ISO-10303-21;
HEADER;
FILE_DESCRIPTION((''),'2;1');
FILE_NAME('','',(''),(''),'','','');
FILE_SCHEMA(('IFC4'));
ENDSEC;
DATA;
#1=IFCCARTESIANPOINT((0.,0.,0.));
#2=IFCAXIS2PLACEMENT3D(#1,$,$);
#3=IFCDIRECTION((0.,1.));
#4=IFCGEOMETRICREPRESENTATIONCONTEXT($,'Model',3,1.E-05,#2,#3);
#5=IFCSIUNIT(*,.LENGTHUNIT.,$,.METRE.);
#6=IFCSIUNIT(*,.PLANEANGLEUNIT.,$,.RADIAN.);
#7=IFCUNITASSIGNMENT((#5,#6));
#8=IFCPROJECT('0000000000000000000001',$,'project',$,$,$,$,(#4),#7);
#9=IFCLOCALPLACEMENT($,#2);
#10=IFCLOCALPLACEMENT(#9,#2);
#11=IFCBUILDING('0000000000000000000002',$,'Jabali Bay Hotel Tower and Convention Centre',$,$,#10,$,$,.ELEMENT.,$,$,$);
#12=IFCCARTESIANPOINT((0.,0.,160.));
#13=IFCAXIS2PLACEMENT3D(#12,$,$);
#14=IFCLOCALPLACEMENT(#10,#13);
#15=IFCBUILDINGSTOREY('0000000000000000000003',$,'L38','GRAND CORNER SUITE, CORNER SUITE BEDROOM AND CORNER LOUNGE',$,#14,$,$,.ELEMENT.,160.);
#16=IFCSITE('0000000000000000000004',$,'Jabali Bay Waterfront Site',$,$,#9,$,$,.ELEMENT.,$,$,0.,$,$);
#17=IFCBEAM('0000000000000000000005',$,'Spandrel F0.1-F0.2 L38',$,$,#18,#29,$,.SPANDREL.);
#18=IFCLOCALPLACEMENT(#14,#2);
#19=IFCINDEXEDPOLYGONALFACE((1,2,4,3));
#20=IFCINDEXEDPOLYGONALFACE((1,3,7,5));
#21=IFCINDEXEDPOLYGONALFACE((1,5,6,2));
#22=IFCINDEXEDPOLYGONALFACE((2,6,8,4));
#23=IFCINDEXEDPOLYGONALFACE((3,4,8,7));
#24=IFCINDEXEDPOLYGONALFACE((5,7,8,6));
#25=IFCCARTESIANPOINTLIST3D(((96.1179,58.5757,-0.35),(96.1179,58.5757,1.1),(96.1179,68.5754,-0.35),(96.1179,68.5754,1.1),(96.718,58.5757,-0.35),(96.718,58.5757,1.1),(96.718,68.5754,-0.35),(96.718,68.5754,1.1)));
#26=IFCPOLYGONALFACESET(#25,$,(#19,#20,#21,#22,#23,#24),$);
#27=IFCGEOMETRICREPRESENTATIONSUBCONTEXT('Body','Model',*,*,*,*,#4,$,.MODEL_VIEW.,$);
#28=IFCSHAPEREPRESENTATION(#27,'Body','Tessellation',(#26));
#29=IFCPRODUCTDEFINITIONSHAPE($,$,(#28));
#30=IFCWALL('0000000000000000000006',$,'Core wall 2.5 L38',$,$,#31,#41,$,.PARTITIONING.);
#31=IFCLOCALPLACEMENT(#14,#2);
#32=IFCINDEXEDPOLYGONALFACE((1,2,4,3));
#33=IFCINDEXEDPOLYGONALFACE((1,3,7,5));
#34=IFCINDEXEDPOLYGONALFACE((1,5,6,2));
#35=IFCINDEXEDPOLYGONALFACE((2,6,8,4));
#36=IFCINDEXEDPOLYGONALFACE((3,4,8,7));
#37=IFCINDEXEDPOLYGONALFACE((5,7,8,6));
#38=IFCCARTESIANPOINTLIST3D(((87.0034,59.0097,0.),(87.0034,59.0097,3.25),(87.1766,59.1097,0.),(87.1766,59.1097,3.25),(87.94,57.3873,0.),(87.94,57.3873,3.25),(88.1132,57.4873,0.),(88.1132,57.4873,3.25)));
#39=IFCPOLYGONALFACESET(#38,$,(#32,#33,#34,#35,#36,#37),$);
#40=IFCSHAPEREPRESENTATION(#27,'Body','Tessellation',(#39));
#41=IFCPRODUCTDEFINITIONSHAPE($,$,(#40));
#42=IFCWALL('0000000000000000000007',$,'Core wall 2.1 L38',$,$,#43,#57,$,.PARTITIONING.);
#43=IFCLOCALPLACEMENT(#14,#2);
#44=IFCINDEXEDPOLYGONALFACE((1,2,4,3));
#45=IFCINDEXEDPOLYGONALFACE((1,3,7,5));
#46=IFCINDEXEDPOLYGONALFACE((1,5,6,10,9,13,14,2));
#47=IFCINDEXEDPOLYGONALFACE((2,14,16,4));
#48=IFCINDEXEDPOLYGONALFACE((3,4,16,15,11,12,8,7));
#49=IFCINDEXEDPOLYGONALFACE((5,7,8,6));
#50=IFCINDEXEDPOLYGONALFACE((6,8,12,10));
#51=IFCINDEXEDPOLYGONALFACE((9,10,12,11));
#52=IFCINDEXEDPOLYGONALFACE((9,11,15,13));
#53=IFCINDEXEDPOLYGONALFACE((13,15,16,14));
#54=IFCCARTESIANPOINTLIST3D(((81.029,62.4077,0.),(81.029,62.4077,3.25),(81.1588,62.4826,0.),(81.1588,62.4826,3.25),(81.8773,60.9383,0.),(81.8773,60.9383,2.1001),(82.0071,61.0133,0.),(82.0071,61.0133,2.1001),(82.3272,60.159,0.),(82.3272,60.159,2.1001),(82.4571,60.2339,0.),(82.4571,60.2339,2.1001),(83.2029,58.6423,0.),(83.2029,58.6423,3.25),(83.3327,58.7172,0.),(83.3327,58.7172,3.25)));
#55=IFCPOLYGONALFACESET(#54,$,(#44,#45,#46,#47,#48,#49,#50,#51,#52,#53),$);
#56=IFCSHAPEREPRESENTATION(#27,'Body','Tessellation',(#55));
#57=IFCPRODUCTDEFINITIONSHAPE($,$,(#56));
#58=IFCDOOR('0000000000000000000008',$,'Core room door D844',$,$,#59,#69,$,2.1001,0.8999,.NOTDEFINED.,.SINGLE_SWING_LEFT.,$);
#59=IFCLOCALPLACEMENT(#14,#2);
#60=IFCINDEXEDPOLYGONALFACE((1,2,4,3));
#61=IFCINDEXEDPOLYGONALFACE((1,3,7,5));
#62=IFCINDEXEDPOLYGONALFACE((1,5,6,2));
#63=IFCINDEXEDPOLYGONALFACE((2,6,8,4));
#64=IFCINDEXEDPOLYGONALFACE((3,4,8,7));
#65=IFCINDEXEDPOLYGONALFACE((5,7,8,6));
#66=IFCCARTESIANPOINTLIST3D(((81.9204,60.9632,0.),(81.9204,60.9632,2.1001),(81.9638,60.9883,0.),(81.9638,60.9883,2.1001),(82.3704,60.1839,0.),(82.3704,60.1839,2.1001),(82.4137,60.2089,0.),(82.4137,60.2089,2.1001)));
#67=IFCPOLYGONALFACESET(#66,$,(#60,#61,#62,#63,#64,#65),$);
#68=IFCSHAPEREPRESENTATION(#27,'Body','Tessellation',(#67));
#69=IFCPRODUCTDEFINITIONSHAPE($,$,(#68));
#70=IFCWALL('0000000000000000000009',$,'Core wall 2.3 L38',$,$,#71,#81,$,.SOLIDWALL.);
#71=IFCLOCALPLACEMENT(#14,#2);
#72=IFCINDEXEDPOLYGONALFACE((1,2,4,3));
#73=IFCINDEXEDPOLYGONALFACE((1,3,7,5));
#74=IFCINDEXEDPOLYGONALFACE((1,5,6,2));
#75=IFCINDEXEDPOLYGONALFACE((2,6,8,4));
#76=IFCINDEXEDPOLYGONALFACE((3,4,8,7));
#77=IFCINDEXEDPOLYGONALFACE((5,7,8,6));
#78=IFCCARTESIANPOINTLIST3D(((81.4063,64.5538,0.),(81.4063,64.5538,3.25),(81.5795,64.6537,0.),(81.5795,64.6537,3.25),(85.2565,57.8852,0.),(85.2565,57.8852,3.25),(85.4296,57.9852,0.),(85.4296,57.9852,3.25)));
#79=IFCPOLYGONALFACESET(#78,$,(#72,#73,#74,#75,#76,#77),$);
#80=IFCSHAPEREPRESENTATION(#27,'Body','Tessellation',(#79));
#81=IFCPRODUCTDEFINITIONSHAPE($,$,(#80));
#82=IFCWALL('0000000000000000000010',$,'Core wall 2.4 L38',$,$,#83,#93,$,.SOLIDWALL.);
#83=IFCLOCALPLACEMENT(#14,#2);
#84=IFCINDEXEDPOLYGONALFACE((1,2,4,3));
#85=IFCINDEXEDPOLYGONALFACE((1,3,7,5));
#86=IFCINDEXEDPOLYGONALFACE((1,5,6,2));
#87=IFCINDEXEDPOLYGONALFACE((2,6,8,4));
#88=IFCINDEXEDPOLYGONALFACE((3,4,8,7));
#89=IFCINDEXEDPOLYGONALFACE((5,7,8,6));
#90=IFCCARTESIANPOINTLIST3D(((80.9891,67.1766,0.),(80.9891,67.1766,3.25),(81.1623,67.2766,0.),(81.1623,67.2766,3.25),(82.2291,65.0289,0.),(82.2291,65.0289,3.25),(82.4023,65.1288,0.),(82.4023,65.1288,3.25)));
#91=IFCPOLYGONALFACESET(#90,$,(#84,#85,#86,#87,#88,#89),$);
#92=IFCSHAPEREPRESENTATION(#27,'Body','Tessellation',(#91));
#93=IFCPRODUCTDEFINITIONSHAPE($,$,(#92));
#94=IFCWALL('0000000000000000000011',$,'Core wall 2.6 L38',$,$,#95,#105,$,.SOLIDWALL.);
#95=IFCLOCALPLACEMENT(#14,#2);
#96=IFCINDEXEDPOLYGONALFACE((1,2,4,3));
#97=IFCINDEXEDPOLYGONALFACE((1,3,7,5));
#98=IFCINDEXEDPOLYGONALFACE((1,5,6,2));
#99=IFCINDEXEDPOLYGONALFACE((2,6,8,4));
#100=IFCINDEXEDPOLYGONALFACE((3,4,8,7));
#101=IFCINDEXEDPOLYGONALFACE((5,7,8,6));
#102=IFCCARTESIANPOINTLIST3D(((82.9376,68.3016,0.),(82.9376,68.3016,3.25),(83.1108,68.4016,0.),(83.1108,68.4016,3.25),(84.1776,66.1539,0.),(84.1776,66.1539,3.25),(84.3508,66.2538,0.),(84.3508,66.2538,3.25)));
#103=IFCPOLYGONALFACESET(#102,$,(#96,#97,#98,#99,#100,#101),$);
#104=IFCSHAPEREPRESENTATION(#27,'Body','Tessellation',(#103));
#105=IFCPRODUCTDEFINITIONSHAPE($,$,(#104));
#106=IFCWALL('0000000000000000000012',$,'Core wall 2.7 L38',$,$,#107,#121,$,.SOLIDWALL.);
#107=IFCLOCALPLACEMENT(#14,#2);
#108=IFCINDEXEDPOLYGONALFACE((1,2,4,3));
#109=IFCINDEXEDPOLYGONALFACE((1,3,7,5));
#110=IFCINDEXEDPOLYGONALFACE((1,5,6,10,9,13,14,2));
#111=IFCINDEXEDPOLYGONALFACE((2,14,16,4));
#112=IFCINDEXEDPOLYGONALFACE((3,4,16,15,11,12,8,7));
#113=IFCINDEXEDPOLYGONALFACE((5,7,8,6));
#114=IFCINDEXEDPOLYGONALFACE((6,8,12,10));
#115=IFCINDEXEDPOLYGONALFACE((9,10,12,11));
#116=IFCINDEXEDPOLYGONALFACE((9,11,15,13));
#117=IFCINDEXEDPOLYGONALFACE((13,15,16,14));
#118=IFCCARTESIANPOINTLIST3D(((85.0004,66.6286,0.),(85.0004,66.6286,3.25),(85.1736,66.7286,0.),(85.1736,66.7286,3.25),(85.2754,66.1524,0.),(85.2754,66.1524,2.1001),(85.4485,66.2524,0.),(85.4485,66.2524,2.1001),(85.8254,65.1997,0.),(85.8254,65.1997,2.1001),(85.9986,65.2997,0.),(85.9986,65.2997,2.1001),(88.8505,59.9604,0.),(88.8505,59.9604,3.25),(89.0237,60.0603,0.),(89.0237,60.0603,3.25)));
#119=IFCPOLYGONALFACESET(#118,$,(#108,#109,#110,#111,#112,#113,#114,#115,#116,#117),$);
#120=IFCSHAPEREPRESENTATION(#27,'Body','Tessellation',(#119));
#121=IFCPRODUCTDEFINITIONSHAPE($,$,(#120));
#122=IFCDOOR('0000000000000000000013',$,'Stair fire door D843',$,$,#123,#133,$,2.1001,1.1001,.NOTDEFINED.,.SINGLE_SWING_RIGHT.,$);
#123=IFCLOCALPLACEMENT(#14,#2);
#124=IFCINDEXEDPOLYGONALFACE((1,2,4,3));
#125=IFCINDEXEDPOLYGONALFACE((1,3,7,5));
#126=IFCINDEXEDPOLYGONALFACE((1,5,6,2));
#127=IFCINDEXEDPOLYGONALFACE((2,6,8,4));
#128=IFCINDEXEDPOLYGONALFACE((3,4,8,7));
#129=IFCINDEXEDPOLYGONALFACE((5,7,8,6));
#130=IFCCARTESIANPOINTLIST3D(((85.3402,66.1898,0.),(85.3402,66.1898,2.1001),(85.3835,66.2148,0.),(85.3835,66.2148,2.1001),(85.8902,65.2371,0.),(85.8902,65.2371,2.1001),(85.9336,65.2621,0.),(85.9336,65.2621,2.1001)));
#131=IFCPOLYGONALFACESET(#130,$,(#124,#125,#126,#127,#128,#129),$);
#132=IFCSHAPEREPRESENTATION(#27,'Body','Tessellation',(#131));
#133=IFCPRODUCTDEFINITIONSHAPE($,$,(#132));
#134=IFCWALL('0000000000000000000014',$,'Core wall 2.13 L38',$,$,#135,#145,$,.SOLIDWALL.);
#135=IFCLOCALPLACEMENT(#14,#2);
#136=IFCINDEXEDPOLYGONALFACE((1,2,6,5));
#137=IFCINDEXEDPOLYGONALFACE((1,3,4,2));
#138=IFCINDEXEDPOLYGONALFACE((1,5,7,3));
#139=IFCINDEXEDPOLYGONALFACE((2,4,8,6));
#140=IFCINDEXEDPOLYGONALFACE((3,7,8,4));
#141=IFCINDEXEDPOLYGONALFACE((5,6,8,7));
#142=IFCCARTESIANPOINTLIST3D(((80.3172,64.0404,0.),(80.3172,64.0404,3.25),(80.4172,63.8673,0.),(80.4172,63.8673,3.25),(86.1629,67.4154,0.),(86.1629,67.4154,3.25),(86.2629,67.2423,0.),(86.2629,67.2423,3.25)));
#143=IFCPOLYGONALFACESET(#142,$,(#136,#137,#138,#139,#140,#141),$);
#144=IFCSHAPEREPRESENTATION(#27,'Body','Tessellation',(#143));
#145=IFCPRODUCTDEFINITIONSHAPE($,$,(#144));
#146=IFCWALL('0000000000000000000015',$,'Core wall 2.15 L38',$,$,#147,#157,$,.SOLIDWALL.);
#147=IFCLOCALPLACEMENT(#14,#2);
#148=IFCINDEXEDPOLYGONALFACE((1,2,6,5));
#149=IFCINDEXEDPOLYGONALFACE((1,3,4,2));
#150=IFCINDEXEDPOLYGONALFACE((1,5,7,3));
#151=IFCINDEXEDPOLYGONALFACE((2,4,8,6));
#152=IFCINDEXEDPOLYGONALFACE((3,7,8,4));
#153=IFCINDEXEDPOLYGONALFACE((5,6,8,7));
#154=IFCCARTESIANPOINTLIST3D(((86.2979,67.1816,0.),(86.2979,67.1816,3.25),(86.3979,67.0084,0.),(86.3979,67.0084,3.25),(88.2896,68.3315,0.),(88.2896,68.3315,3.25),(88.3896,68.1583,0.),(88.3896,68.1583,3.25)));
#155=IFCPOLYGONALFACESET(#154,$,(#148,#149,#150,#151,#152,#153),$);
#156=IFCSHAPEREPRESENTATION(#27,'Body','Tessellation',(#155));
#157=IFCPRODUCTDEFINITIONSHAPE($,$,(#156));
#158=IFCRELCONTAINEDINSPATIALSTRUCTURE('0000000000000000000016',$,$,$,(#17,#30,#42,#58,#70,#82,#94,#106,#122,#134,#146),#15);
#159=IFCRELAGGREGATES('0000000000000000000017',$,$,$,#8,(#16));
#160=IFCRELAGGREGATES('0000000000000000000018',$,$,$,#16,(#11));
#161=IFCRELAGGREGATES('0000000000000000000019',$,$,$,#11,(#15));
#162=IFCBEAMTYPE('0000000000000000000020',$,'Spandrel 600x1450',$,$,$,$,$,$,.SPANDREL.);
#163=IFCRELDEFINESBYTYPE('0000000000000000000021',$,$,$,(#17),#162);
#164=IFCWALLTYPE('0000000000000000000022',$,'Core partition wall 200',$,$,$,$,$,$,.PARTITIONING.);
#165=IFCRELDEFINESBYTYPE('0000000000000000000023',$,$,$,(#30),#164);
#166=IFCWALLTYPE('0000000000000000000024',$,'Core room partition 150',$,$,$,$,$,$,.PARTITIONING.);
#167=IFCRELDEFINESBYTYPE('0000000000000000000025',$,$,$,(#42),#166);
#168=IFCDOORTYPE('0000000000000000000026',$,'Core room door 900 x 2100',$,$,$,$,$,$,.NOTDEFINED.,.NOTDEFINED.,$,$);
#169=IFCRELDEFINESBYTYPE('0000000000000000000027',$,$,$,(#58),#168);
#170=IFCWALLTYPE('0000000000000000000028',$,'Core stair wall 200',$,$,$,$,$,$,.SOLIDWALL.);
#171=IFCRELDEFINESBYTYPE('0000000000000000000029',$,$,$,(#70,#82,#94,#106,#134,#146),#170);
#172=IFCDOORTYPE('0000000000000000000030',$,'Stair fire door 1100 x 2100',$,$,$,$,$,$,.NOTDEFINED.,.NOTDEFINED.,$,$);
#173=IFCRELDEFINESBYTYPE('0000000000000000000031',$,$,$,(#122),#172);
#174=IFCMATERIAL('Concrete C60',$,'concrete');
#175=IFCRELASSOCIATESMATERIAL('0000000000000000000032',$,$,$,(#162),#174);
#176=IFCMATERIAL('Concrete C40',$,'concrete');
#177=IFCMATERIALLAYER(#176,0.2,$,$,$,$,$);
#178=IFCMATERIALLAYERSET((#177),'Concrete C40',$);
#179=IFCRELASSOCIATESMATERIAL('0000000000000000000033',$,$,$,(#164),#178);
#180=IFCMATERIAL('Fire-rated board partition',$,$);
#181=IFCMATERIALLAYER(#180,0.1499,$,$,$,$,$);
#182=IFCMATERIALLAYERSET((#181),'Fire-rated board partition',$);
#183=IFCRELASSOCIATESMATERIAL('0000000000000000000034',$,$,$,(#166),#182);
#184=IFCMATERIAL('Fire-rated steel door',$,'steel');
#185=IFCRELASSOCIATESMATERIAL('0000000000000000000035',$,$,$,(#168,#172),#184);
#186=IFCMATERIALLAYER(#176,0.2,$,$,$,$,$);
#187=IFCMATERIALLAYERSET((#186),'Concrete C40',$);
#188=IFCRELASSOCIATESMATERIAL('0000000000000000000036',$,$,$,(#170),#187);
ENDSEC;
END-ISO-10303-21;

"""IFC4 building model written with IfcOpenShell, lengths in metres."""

from ifc_helpers import new_model, si_unit, direction, frame, frame_2d, origin, origin_2d, place, context, subcontext, project, spatial, rectangle, extrude, material, layer, layer_set, material_profile, profile_set, type_object, element, fill, save


model = new_model("IFC4")

# Units and contexts
model_context = context("Model", 3, precision=1e-05, world=origin(), true_north=direction((0.0, 1.0)))
body_context = subcontext(model_context, "Body", "Model", "MODEL_VIEW")
ifc_project = project(units=[si_unit("LENGTHUNIT", "METRE"), si_unit("PLANEANGLEUNIT", "RADIAN")], contexts=[model_context])

# Site, building, storey
site_placement = place(None, origin())
site = spatial("IfcSite", under=ifc_project, at=site_placement, Name="Jabali Bay Waterfront Site", CompositionType="ELEMENT", RefElevation=0.0)
building_placement = place(site_placement, origin())
building = spatial("IfcBuilding", under=site, at=building_placement, Name="Jabali Bay Hotel Tower and Convention Centre", CompositionType="ELEMENT")
storey_placement = place(building_placement, frame((0.0, 0.0, 160.0)))
storey = spatial("IfcBuildingStorey", under=building, at=storey_placement, Name="L38", Description="GRAND CORNER SUITE, CORNER SUITE BEDROOM AND CORNER LOUNGE", CompositionType="ELEMENT", Elevation=160.0)

# Beam
ifc_material_1 = material(Name="Concrete C60", Category="concrete")
ifc_material_profile = material_profile(ifc_material_1, rectangle(XDim=0.6001, YDim=1.45, at=origin_2d()), Name="Spandrel 600x1450")
ifc_profile_set = profile_set([ifc_material_profile], Name="Concrete C60")
beam_type = type_object("IfcBeamType", Name="Spandrel 600x1450", PredefinedType="SPANDREL", material=ifc_profile_set)
beam_placement = place(storey_placement, frame((96.418, 58.5757, 0.375), z_axis=(0.0, 1.0, 0.0), x_axis=(-1.0, 0.0, 0.0)))
element("IfcBeam", 1, at=beam_placement, inside=storey, type_object=beam_type, Name="Spandrel F0.1-F0.2 L38", PredefinedType="SPANDREL", context=body_context, shape_type="SweptSolid", body=[
    extrude(rectangle(XDim=0.6001, YDim=1.45, at=origin_2d()), origin(), (0.0, 0.0, 1.0), 9.9998),
])

# Wall
ifc_material_2 = material(Name="Concrete C40", Category="concrete")
ifc_layer_1 = layer(ifc_material_2, 0.2)
ifc_layer_set_1 = layer_set([ifc_layer_1], Name="Concrete C40")
wall_type_1 = type_object("IfcWallType", Name="Core partition wall 200", PredefinedType="PARTITIONING", material=ifc_layer_set_1)
wall_1_placement = place(storey_placement, frame((87.0901, 59.0596, 0.0), z_axis=(0.0, 0.0, 1.0), x_axis=(0.499952, -0.866053, 0.0)))
element("IfcWall", 2, at=wall_1_placement, inside=storey, type_object=wall_type_1, Name="Core wall 2.5 L38", PredefinedType="PARTITIONING", context=body_context, shape_type="SweptSolid", body=[
    extrude(rectangle(XDim=1.8733, YDim=0.2, at=frame_2d((0.9365, 0.0))), origin(), (0.0, 0.0, 1.0), 3.25),
])

# Wall, opening, door
ifc_material_3 = material(Name="Fire-rated board partition")
ifc_layer_2 = layer(ifc_material_3, 0.1499)
ifc_layer_set_2 = layer_set([ifc_layer_2], Name="Fire-rated board partition")
wall_type_2 = type_object("IfcWallType", Name="Core room partition 150", PredefinedType="PARTITIONING", material=ifc_layer_set_2)
wall_2_placement = place(storey_placement, frame((81.094, 62.4451, 0.0), z_axis=(0.0, 0.0, 1.0), x_axis=(0.49998, -0.866037, 0.0)))
wall_2 = element("IfcWall", 3, at=wall_2_placement, inside=storey, type_object=wall_type_2, Name="Core wall 2.1 L38", PredefinedType="PARTITIONING", context=body_context, shape_type="SweptSolid", body=[
    extrude(rectangle(XDim=4.3479, YDim=0.1499, at=frame_2d((2.1738, 0.0))), origin(), (0.0, 0.0, 1.0), 3.25),
])
opening_1_placement = place(wall_2_placement, frame((1.6965, 0.0, 0.0)))
opening_1 = element("IfcOpeningElement", 4, at=opening_1_placement, cuts=wall_2, PredefinedType="OPENING", context=body_context, shape_type="SweptSolid", body=[
    extrude(rectangle(XDim=0.8999, YDim=2.1001, at=frame_2d((0.45, 1.05))), frame((0.0, 0.0854, 0.0), z_axis=(0.0, -1.0, 0.0), x_axis=(1.0, 0.0, 0.0)), (0.0, 0.0, 1.0), 0.1709),
])
ifc_material_4 = material(Name="Fire-rated steel door", Category="steel")
door_type_1 = type_object("IfcDoorType", Name="Core room door 900 x 2100", OperationType="NOTDEFINED", PredefinedType="NOTDEFINED", material=ifc_material_4)
door_1_placement = place(opening_1_placement, origin())
door_1 = element("IfcDoor", 5, at=door_1_placement, inside=storey, type_object=door_type_1, Name="Core room door D844", OperationType="SINGLE_SWING_LEFT", OverallHeight=2.1001, OverallWidth=0.8999, PredefinedType="NOTDEFINED", context=body_context, shape_type="SweptSolid", body=[
    extrude(rectangle(XDim=0.8999, YDim=2.1001, at=frame_2d((0.45, 1.05))), frame((0.0, 0.0249, 0.0), z_axis=(0.0, -1.0, 0.0), x_axis=(1.0, 0.0, 0.0)), (0.0, 0.0, 1.0), 0.05),
])
fill(opening_1, door_1)

# Walls
ifc_layer_3 = layer(ifc_material_2, 0.2)
ifc_layer_set_3 = layer_set([ifc_layer_3], Name="Concrete C40")
wall_type_3 = type_object("IfcWallType", Name="Core stair wall 200", PredefinedType="SOLIDWALL", material=ifc_layer_set_3)
wall_3_placement = place(storey_placement, frame((81.4929, 64.6038, 0.0), z_axis=(0.0, 0.0, 1.0), x_axis=(0.500006, -0.866022, 0.0)))
element("IfcWall", 6, at=wall_3_placement, inside=storey, type_object=wall_type_3, Name="Core wall 2.3 L38", PredefinedType="SOLIDWALL", context=body_context, shape_type="SweptSolid", body=[
    extrude(rectangle(XDim=7.7002, YDim=0.2, at=frame_2d((3.8501, 0.0))), origin(), (0.0, 0.0, 1.0), 3.25),
])
for number, where, z_axis, x_axis, name in (
    (7, (81.0757, 67.2266, 0.0), (0.0, 0.0, 1.0), (0.500004, -0.866023, 0.0), "Core wall 2.4 L38"),
    (8, (83.0242, 68.3516, 0.0), (0.0, 0.0, 1.0), (0.500004, -0.866023, 0.0), "Core wall 2.6 L38"),
):
    element("IfcWall", number, at=place(storey_placement, frame(where, z_axis=z_axis, x_axis=x_axis)), inside=storey, type_object=wall_type_3, Name=name, PredefinedType="SOLIDWALL", context=body_context, shape_type="SweptSolid", body=[
        extrude(rectangle(XDim=2.48, YDim=0.2, at=frame_2d((1.24, 0.0))), origin(), (0.0, 0.0, 1.0), 3.25),
    ])

# Wall, opening, door
wall_4_placement = place(storey_placement, frame((85.0869, 66.6787, 0.0), z_axis=(0.0, 0.0, 1.0), x_axis=(0.50002, -0.866014, 0.0)))
wall_4 = element("IfcWall", 9, at=wall_4_placement, inside=storey, type_object=wall_type_3, Name="Core wall 2.7 L38", PredefinedType="SOLIDWALL", context=body_context, shape_type="SweptSolid", body=[
    extrude(rectangle(XDim=7.7, YDim=0.2, at=frame_2d((3.8501, 0.0))), origin(), (0.0, 0.0, 1.0), 3.25),
])
opening_2_placement = place(wall_4_placement, frame((0.55, 0.0, 0.0)))
opening_2 = element("IfcOpeningElement", 10, at=opening_2_placement, cuts=wall_4, PredefinedType="OPENING", context=body_context, shape_type="SweptSolid", body=[
    extrude(rectangle(XDim=1.1001, YDim=2.1001, at=frame_2d((0.55, 1.05))), frame((0.0, 0.1104, 0.0), z_axis=(0.0, -1.0, 0.0), x_axis=(1.0, 0.0, 0.0)), (0.0, 0.0, 1.0), 0.2209),
])
door_type_2 = type_object("IfcDoorType", Name="Stair fire door 1100 x 2100", OperationType="NOTDEFINED", PredefinedType="NOTDEFINED", material=ifc_material_4)
door_2_placement = place(opening_2_placement, origin())
door_2 = element("IfcDoor", 11, at=door_2_placement, inside=storey, type_object=door_type_2, Name="Stair fire door D843", OperationType="SINGLE_SWING_RIGHT", OverallHeight=2.1001, OverallWidth=1.1001, PredefinedType="NOTDEFINED", context=body_context, shape_type="SweptSolid", body=[
    extrude(rectangle(XDim=1.1001, YDim=2.1001, at=frame_2d((0.55, 1.05))), frame((0.0, 0.0249, 0.0), z_axis=(0.0, -1.0, 0.0), x_axis=(1.0, 0.0, 0.0)), (0.0, 0.0, 1.0), 0.05),
])
fill(opening_2, door_2)

# Walls
wall_5_placement = place(storey_placement, frame((80.3672, 63.9539, 0.0), z_axis=(0.0, 0.0, 1.0), x_axis=(0.866027, 0.499998, 0.0)))
element("IfcWall", 12, at=wall_5_placement, inside=storey, type_object=wall_type_3, Name="Core wall 2.13 L38", PredefinedType="SOLIDWALL", context=body_context, shape_type="SweptSolid", body=[
    extrude(rectangle(XDim=6.75, YDim=0.2, at=frame_2d((3.375, 0.0))), origin(), (0.0, 0.0, 1.0), 3.25),
])
wall_6_placement = place(storey_placement, frame((86.3479, 67.095, 0.0), z_axis=(0.0, 0.0, 1.0), x_axis=(0.866026, 0.499998, 0.0)))
element("IfcWall", 13, at=wall_6_placement, inside=storey, type_object=wall_type_3, Name="Core wall 2.15 L38", PredefinedType="SOLIDWALL", context=body_context, shape_type="SweptSolid", body=[
    extrude(rectangle(XDim=2.2998, YDim=0.2, at=frame_2d((1.1499, 0.0))), origin(), (0.0, 0.0, 1.0), 3.25),
])

save(model, "model.ifc")
